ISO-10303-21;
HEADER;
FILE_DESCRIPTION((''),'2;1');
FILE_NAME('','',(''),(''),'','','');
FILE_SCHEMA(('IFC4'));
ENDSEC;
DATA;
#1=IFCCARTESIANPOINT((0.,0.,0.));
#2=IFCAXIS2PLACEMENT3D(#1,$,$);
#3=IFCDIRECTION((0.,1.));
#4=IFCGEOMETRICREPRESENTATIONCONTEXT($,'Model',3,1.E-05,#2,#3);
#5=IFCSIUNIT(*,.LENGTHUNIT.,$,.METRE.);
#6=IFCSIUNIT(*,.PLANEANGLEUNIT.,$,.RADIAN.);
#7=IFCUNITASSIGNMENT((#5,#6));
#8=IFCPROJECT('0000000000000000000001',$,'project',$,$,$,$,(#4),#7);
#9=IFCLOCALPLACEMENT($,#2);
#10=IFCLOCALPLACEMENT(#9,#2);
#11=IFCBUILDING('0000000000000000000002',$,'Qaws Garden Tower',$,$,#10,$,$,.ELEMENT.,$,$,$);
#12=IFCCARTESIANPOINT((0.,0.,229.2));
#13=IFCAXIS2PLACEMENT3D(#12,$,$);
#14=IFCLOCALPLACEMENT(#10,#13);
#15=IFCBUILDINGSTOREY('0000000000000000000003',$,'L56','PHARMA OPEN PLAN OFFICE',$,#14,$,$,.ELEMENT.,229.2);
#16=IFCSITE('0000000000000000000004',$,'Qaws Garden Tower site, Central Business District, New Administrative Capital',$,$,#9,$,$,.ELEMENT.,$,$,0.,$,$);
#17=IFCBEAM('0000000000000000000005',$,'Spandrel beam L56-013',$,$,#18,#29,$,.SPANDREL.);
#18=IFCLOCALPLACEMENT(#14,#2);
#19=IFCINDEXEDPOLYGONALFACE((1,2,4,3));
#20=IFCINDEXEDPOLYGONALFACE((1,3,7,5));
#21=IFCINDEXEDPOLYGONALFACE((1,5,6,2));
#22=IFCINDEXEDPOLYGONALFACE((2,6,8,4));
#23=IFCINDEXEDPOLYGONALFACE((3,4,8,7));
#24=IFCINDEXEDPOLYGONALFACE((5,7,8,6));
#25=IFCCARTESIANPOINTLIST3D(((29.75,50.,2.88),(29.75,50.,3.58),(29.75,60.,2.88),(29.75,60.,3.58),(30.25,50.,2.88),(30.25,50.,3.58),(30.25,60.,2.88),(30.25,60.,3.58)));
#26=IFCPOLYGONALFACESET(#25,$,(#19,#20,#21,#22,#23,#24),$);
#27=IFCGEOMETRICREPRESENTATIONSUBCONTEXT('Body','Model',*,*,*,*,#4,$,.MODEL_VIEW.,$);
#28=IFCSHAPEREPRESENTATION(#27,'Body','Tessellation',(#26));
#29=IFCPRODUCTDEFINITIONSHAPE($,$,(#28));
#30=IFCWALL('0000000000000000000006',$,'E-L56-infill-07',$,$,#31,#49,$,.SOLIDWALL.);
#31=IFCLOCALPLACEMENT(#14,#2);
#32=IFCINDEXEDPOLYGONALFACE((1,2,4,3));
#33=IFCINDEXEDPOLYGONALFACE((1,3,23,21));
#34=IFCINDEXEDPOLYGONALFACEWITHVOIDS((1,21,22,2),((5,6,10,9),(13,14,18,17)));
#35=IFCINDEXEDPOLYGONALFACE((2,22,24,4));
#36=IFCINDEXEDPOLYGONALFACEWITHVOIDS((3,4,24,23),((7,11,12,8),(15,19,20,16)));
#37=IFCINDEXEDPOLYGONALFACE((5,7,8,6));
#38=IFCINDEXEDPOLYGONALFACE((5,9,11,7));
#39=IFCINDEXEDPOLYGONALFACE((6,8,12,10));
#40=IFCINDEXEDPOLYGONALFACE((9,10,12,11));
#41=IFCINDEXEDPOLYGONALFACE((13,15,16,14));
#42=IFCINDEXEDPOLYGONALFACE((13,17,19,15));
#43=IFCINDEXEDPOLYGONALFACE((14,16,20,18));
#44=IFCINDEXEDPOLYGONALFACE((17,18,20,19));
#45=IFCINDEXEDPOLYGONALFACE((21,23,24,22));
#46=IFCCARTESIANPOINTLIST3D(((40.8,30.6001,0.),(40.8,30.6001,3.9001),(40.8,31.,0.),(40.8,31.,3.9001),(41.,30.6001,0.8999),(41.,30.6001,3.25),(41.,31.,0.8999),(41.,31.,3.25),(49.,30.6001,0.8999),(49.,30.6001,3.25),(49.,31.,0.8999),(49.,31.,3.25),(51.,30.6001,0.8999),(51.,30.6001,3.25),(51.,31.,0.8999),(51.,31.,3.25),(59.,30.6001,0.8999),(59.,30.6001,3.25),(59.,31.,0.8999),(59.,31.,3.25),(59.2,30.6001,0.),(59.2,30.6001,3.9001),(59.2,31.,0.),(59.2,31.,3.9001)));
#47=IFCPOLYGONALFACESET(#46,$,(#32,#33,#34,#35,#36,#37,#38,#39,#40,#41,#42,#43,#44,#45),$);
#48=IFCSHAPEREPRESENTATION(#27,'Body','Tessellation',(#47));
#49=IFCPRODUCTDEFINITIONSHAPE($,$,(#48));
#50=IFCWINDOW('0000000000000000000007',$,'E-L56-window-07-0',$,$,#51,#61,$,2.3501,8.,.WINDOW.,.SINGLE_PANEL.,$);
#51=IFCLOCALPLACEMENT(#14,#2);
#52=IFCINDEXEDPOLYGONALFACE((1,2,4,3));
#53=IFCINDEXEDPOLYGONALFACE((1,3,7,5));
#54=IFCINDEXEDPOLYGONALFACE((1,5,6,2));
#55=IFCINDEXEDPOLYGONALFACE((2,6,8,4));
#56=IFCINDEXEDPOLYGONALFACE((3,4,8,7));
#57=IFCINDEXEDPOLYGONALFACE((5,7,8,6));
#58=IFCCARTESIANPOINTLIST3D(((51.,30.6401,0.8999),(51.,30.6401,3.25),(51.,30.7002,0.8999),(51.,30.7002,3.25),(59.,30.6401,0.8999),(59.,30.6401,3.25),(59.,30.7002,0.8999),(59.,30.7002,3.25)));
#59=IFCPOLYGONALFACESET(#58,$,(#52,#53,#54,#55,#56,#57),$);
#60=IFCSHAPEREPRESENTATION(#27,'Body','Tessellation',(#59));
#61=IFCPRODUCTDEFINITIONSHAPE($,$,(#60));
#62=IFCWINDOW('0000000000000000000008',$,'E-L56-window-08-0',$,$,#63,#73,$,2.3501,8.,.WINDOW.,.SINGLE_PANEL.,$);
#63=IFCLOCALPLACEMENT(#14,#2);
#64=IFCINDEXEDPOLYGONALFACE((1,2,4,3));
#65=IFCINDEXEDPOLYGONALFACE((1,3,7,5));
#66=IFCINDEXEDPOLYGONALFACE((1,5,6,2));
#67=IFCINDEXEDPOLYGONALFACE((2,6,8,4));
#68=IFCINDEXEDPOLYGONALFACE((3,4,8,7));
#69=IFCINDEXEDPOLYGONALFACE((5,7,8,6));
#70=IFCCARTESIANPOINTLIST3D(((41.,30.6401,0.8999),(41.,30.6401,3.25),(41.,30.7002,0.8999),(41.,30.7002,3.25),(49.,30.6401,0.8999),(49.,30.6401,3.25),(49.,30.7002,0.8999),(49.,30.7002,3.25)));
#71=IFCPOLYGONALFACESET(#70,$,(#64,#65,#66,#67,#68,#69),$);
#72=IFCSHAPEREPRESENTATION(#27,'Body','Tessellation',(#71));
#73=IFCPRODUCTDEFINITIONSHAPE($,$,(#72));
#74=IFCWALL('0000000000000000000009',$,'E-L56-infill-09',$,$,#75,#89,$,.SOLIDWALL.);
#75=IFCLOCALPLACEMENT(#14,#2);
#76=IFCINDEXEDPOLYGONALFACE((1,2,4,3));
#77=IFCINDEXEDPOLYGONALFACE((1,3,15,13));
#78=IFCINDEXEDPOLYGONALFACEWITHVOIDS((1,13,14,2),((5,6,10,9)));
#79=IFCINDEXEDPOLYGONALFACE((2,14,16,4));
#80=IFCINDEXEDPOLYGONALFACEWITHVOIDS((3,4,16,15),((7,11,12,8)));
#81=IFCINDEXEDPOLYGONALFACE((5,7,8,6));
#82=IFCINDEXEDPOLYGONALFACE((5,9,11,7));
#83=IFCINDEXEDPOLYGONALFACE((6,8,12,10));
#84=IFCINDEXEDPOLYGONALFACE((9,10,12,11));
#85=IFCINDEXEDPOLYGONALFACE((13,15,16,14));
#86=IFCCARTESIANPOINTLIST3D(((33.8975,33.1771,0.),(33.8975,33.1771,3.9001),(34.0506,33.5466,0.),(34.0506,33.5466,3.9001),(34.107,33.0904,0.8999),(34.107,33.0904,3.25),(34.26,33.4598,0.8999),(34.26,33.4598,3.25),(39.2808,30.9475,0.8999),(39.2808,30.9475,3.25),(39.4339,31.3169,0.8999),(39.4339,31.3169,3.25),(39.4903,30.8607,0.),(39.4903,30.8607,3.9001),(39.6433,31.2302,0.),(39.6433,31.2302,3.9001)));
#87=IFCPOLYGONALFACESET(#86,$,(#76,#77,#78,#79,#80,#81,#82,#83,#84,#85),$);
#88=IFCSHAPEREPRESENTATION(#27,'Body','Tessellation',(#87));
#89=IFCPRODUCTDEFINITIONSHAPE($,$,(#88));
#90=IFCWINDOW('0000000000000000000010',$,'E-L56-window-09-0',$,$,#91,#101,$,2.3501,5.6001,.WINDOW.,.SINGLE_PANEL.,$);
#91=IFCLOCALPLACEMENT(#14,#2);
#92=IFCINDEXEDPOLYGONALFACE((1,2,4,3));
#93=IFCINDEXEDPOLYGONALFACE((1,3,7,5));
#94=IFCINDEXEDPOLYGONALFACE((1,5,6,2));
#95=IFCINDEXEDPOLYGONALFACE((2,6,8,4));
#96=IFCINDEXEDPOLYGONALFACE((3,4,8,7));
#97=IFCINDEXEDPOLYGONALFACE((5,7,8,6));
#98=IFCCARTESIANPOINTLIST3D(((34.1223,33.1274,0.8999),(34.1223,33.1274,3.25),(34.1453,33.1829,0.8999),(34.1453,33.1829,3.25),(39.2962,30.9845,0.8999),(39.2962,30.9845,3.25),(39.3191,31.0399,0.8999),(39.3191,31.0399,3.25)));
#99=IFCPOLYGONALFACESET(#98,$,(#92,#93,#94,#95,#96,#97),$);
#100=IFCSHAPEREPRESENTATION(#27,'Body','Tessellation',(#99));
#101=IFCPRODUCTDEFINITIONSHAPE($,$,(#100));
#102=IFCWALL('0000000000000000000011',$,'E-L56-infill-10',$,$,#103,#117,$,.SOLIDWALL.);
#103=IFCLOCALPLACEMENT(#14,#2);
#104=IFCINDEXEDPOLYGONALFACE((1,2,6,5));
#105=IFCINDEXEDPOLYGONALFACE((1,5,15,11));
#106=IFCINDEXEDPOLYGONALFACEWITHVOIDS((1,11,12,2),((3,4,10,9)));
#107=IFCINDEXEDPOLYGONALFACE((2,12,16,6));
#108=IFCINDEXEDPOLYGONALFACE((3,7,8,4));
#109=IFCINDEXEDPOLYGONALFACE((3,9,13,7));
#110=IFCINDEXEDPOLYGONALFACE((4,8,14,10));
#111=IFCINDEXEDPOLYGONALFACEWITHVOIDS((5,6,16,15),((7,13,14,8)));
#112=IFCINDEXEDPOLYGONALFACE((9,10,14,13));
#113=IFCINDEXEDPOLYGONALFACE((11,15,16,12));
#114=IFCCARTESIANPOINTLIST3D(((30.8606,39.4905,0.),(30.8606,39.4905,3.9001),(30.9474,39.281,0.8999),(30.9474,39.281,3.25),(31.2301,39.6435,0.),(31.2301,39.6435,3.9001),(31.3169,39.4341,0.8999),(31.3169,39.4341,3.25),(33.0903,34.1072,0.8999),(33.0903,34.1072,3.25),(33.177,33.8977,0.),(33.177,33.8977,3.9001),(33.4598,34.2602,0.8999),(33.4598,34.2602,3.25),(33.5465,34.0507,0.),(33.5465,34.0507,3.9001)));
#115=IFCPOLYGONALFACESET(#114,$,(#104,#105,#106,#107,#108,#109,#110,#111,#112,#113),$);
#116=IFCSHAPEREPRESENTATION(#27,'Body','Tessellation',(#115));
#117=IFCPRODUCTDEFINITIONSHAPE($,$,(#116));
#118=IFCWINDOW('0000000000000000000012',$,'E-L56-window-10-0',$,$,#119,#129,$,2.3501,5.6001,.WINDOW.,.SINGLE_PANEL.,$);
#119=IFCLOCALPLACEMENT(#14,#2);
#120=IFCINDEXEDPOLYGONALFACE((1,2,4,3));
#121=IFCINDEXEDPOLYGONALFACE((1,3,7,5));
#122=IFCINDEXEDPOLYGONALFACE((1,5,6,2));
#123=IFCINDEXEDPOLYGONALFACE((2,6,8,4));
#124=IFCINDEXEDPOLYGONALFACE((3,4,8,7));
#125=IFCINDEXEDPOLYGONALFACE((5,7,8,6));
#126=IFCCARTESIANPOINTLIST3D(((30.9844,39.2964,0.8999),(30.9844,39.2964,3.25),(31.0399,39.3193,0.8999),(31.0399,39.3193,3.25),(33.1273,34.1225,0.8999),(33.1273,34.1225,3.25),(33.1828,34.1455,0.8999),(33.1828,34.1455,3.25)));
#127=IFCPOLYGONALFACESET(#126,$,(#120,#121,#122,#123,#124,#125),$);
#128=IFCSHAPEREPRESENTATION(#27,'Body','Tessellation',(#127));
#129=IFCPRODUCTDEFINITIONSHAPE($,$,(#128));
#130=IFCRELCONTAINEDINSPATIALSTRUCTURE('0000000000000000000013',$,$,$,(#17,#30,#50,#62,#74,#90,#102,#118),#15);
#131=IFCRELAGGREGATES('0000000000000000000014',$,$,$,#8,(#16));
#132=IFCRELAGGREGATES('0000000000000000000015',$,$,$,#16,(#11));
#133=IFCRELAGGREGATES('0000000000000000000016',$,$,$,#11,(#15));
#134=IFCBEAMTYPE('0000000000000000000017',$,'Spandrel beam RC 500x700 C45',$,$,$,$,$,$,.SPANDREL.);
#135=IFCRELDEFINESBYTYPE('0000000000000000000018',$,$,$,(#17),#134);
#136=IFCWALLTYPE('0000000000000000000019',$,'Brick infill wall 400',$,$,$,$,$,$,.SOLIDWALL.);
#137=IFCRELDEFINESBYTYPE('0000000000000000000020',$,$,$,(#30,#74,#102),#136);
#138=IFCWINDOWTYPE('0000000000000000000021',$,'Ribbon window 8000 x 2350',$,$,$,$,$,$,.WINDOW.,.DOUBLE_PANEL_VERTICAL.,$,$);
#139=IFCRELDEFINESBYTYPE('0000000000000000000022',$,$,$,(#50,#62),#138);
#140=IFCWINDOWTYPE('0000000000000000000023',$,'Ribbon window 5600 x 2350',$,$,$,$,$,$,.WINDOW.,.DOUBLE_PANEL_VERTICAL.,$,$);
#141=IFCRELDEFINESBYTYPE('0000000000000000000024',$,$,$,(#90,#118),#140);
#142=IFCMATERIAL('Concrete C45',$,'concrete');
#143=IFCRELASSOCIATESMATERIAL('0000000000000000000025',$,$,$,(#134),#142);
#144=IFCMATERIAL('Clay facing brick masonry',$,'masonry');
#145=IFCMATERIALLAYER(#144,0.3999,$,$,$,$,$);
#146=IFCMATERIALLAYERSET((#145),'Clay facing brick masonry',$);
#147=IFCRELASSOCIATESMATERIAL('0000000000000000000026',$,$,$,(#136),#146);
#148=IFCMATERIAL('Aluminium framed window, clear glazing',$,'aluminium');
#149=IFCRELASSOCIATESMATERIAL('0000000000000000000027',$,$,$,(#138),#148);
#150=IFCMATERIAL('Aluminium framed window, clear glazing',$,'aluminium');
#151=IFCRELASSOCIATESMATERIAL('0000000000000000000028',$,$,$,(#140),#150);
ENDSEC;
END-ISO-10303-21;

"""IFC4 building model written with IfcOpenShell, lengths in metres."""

from ifc_helpers import new_model, si_unit, direction, frame, frame_2d, origin, origin_2d, place, context, subcontext, project, spatial, rectangle, extrude, material, layer, layer_set, material_profile, profile_set, type_object, element, fill, save


model = new_model("IFC4")

# Units and contexts
model_context = context("Model", 3, precision=1e-05, world=origin(), true_north=direction((0.0, 1.0)))
body_context = subcontext(model_context, "Body", "Model", "MODEL_VIEW")
ifc_project = project(units=[si_unit("LENGTHUNIT", "METRE"), si_unit("PLANEANGLEUNIT", "RADIAN")], contexts=[model_context])

# Site, building, storey
site_placement = place(None, origin())
site = spatial("IfcSite", under=ifc_project, at=site_placement, Name="Qaws Garden Tower site, Central Business District, New Administrative Capital", CompositionType="ELEMENT", RefElevation=0.0)
building_placement = place(site_placement, origin())
building = spatial("IfcBuilding", under=site, at=building_placement, Name="Qaws Garden Tower", CompositionType="ELEMENT")
storey_placement = place(building_placement, frame((0.0, 0.0, 229.2)))
storey = spatial("IfcBuildingStorey", under=building, at=storey_placement, Name="L56", Description="PHARMA OPEN PLAN OFFICE", CompositionType="ELEMENT", Elevation=229.2)

# Beam
ifc_material_1 = material(Name="Concrete C45", Category="concrete")
ifc_material_profile_1 = material_profile(ifc_material_1, rectangle(XDim=0.5, YDim=0.7, at=origin_2d()), Name="RC 500x700")
ifc_profile_set_1 = profile_set([ifc_material_profile_1], Name="Concrete C45")
beam_type = type_object("IfcBeamType", Name="Spandrel beam RC 500x700 C45", PredefinedType="SPANDREL", material=ifc_profile_set_1)
for number, where, z_axis, x_axis, name in (
    (1, (30.0, 50.0, 3.23), (0.0, 1.0, 0.0), (-1.0, 0.0, 0.0), "Spandrel beam L56-013"),
):
    element("IfcBeam", number, at=place(storey_placement, frame(where, z_axis=z_axis, x_axis=x_axis)), inside=storey, type_object=beam_type, Name=name, PredefinedType="SPANDREL", context=body_context, shape_type="SweptSolid", body=[
        extrude(rectangle(XDim=0.5, YDim=0.7, at=origin_2d()), origin(), (0.0, 0.0, 1.0), 10.0),
    ])

# Wall, openings, windows
ifc_material_2 = material(Name="Clay facing brick masonry", Category="masonry")
ifc_layer_1 = layer(ifc_material_2, 0.3999)
ifc_layer_set_1 = layer_set([ifc_layer_1], Name="Clay facing brick masonry")
wall_type_1 = type_object("IfcWallType", Name="Brick infill wall 400", PredefinedType="SOLIDWALL", material=ifc_layer_set_1)
wall_1_placement = place(storey_placement, frame((59.2, 30.8, 0.0), z_axis=(0.0, 0.0, 1.0), x_axis=(-1.0, 0.0, 0.0)))
wall_1 = element("IfcWall", 2, at=wall_1_placement, inside=storey, type_object=wall_type_1, Name="E-L56-infill-07", PredefinedType="SOLIDWALL", context=body_context, shape_type="SweptSolid", body=[
    extrude(rectangle(XDim=18.3999, YDim=0.3999, at=frame_2d((9.2, 0.0))), origin(), (0.0, 0.0, 1.0), 3.9001),
])
opening_1_placement = place(wall_1_placement, frame((0.2, 0.0, 0.8999)))
opening_1 = element("IfcOpeningElement", 3, at=opening_1_placement, cuts=wall_1, PredefinedType="OPENING", context=body_context, shape_type="SweptSolid", body=[
    extrude(rectangle(XDim=8.0, YDim=2.3501, at=frame_2d((4.0, 1.175))), frame((0.0, 0.21, 0.0), z_axis=(0.0, -1.0, 0.0), x_axis=(1.0, 0.0, 0.0)), (0.0, 0.0, 1.0), 0.4199),
])
opening_2_placement = place(wall_1_placement, frame((10.2, 0.0, 0.8999)))
opening_2 = element("IfcOpeningElement", 4, at=opening_2_placement, cuts=wall_1, PredefinedType="OPENING", context=body_context, shape_type="SweptSolid", body=[
    extrude(rectangle(XDim=8.0, YDim=2.3501, at=frame_2d((4.0, 1.175))), frame((0.0, 0.21, 0.0), z_axis=(0.0, -1.0, 0.0), x_axis=(1.0, 0.0, 0.0)), (0.0, 0.0, 1.0), 0.4199),
])
ifc_material_3 = material(Name="Aluminium framed window, clear glazing", Category="aluminium")
window_type_1 = type_object("IfcWindowType", Name="Ribbon window 8000 x 2350", PartitioningType="DOUBLE_PANEL_VERTICAL", PredefinedType="WINDOW", material=ifc_material_3)
window_1_placement = place(opening_1_placement, origin())
window_1 = element("IfcWindow", 5, at=window_1_placement, inside=storey, type_object=window_type_1, Name="E-L56-window-07-0", OverallHeight=2.3501, OverallWidth=8.0, PartitioningType="SINGLE_PANEL", PredefinedType="WINDOW", context=body_context, shape_type="SweptSolid", body=[
    extrude(rectangle(XDim=8.0, YDim=2.3501, at=frame_2d((4.0, 1.175))), frame((0.0, 0.1599, 0.0), z_axis=(0.0, -1.0, 0.0), x_axis=(1.0, 0.0, 0.0)), (0.0, 0.0, 1.0), 0.0601),
])
fill(opening_1, window_1)
window_2_placement = place(opening_2_placement, origin())
window_2 = element("IfcWindow", 6, at=window_2_placement, inside=storey, type_object=window_type_1, Name="E-L56-window-08-0", OverallHeight=2.3501, OverallWidth=8.0, PartitioningType="SINGLE_PANEL", PredefinedType="WINDOW", context=body_context, shape_type="SweptSolid", body=[
    extrude(rectangle(XDim=8.0, YDim=2.3501, at=frame_2d((4.0, 1.175))), frame((0.0, 0.1599, 0.0), z_axis=(0.0, -1.0, 0.0), x_axis=(1.0, 0.0, 0.0)), (0.0, 0.0, 1.0), 0.0601),
])
fill(opening_2, window_2)

# Walls, openings, windows
wall_2_placement = place(storey_placement, frame((39.5669, 31.0454, 0.0), z_axis=(0.0, 0.0, 1.0), x_axis=(-0.923891, 0.382656, 0.0)))
wall_2 = element("IfcWall", 7, at=wall_2_placement, inside=storey, type_object=wall_type_1, Name="E-L56-infill-09", PredefinedType="SOLIDWALL", context=body_context, shape_type="SweptSolid", body=[
    extrude(rectangle(XDim=6.0535, YDim=0.3999, at=frame_2d((3.0269, 0.0))), origin(), (0.0, 0.0, 1.0), 3.9001),
])
opening_3_placement = place(wall_2_placement, frame((0.2268, 0.0, 0.8999)))
opening_3 = element("IfcOpeningElement", 8, at=opening_3_placement, cuts=wall_2, PredefinedType="OPENING", context=body_context, shape_type="SweptSolid", body=[
    extrude(rectangle(XDim=5.6001, YDim=2.3501, at=frame_2d((2.8, 1.175))), frame((0.0, 0.21, 0.0), z_axis=(0.0, -1.0, 0.0), x_axis=(1.0, 0.0, 0.0)), (0.0, 0.0, 1.0), 0.4199),
])
ifc_material_4 = material(Name="Aluminium framed window, clear glazing", Category="aluminium")
window_type_2 = type_object("IfcWindowType", Name="Ribbon window 5600 x 2350", PartitioningType="DOUBLE_PANEL_VERTICAL", PredefinedType="WINDOW", material=ifc_material_4)
window_3_placement = place(opening_3_placement, origin())
window_3 = element("IfcWindow", 9, at=window_3_placement, inside=storey, type_object=window_type_2, Name="E-L56-window-09-0", OverallHeight=2.3501, OverallWidth=5.6001, PartitioningType="SINGLE_PANEL", PredefinedType="WINDOW", context=body_context, shape_type="SweptSolid", body=[
    extrude(rectangle(XDim=5.6001, YDim=2.3501, at=frame_2d((2.8, 1.175))), frame((0.0, 0.1599, 0.0), z_axis=(0.0, -1.0, 0.0), x_axis=(1.0, 0.0, 0.0)), (0.0, 0.0, 1.0), 0.0601),
])
fill(opening_3, window_3)
wall_3_placement = place(storey_placement, frame((33.3618, 33.9741, 0.0), z_axis=(0.0, 0.0, 1.0), x_axis=(-0.382656, 0.923891, 0.0)))
wall_3 = element("IfcWall", 10, at=wall_3_placement, inside=storey, type_object=wall_type_1, Name="E-L56-infill-10", PredefinedType="SOLIDWALL", context=body_context, shape_type="SweptSolid", body=[
    extrude(rectangle(XDim=6.0535, YDim=0.3999, at=frame_2d((3.0269, 0.0))), origin(), (0.0, 0.0, 1.0), 3.9001),
])
opening_4_placement = place(wall_3_placement, frame((0.2268, 0.0, 0.8999)))
opening_4 = element("IfcOpeningElement", 11, at=opening_4_placement, cuts=wall_3, PredefinedType="OPENING", context=body_context, shape_type="SweptSolid", body=[
    extrude(rectangle(XDim=5.6001, YDim=2.3501, at=frame_2d((2.8, 1.175))), frame((0.0, 0.21, 0.0), z_axis=(0.0, -1.0, 0.0), x_axis=(1.0, 0.0, 0.0)), (0.0, 0.0, 1.0), 0.4199),
])
window_4_placement = place(opening_4_placement, origin())
window_4 = element("IfcWindow", 12, at=window_4_placement, inside=storey, type_object=window_type_2, Name="E-L56-window-10-0", OverallHeight=2.3501, OverallWidth=5.6001, PartitioningType="SINGLE_PANEL", PredefinedType="WINDOW", context=body_context, shape_type="SweptSolid", body=[
    extrude(rectangle(XDim=5.6001, YDim=2.3501, at=frame_2d((2.8, 1.175))), frame((0.0, 0.1599, 0.0), z_axis=(0.0, -1.0, 0.0), x_axis=(1.0, 0.0, 0.0)), (0.0, 0.0, 1.0), 0.0601),
])
fill(opening_4, window_4)

save(model, "model.ifc")
